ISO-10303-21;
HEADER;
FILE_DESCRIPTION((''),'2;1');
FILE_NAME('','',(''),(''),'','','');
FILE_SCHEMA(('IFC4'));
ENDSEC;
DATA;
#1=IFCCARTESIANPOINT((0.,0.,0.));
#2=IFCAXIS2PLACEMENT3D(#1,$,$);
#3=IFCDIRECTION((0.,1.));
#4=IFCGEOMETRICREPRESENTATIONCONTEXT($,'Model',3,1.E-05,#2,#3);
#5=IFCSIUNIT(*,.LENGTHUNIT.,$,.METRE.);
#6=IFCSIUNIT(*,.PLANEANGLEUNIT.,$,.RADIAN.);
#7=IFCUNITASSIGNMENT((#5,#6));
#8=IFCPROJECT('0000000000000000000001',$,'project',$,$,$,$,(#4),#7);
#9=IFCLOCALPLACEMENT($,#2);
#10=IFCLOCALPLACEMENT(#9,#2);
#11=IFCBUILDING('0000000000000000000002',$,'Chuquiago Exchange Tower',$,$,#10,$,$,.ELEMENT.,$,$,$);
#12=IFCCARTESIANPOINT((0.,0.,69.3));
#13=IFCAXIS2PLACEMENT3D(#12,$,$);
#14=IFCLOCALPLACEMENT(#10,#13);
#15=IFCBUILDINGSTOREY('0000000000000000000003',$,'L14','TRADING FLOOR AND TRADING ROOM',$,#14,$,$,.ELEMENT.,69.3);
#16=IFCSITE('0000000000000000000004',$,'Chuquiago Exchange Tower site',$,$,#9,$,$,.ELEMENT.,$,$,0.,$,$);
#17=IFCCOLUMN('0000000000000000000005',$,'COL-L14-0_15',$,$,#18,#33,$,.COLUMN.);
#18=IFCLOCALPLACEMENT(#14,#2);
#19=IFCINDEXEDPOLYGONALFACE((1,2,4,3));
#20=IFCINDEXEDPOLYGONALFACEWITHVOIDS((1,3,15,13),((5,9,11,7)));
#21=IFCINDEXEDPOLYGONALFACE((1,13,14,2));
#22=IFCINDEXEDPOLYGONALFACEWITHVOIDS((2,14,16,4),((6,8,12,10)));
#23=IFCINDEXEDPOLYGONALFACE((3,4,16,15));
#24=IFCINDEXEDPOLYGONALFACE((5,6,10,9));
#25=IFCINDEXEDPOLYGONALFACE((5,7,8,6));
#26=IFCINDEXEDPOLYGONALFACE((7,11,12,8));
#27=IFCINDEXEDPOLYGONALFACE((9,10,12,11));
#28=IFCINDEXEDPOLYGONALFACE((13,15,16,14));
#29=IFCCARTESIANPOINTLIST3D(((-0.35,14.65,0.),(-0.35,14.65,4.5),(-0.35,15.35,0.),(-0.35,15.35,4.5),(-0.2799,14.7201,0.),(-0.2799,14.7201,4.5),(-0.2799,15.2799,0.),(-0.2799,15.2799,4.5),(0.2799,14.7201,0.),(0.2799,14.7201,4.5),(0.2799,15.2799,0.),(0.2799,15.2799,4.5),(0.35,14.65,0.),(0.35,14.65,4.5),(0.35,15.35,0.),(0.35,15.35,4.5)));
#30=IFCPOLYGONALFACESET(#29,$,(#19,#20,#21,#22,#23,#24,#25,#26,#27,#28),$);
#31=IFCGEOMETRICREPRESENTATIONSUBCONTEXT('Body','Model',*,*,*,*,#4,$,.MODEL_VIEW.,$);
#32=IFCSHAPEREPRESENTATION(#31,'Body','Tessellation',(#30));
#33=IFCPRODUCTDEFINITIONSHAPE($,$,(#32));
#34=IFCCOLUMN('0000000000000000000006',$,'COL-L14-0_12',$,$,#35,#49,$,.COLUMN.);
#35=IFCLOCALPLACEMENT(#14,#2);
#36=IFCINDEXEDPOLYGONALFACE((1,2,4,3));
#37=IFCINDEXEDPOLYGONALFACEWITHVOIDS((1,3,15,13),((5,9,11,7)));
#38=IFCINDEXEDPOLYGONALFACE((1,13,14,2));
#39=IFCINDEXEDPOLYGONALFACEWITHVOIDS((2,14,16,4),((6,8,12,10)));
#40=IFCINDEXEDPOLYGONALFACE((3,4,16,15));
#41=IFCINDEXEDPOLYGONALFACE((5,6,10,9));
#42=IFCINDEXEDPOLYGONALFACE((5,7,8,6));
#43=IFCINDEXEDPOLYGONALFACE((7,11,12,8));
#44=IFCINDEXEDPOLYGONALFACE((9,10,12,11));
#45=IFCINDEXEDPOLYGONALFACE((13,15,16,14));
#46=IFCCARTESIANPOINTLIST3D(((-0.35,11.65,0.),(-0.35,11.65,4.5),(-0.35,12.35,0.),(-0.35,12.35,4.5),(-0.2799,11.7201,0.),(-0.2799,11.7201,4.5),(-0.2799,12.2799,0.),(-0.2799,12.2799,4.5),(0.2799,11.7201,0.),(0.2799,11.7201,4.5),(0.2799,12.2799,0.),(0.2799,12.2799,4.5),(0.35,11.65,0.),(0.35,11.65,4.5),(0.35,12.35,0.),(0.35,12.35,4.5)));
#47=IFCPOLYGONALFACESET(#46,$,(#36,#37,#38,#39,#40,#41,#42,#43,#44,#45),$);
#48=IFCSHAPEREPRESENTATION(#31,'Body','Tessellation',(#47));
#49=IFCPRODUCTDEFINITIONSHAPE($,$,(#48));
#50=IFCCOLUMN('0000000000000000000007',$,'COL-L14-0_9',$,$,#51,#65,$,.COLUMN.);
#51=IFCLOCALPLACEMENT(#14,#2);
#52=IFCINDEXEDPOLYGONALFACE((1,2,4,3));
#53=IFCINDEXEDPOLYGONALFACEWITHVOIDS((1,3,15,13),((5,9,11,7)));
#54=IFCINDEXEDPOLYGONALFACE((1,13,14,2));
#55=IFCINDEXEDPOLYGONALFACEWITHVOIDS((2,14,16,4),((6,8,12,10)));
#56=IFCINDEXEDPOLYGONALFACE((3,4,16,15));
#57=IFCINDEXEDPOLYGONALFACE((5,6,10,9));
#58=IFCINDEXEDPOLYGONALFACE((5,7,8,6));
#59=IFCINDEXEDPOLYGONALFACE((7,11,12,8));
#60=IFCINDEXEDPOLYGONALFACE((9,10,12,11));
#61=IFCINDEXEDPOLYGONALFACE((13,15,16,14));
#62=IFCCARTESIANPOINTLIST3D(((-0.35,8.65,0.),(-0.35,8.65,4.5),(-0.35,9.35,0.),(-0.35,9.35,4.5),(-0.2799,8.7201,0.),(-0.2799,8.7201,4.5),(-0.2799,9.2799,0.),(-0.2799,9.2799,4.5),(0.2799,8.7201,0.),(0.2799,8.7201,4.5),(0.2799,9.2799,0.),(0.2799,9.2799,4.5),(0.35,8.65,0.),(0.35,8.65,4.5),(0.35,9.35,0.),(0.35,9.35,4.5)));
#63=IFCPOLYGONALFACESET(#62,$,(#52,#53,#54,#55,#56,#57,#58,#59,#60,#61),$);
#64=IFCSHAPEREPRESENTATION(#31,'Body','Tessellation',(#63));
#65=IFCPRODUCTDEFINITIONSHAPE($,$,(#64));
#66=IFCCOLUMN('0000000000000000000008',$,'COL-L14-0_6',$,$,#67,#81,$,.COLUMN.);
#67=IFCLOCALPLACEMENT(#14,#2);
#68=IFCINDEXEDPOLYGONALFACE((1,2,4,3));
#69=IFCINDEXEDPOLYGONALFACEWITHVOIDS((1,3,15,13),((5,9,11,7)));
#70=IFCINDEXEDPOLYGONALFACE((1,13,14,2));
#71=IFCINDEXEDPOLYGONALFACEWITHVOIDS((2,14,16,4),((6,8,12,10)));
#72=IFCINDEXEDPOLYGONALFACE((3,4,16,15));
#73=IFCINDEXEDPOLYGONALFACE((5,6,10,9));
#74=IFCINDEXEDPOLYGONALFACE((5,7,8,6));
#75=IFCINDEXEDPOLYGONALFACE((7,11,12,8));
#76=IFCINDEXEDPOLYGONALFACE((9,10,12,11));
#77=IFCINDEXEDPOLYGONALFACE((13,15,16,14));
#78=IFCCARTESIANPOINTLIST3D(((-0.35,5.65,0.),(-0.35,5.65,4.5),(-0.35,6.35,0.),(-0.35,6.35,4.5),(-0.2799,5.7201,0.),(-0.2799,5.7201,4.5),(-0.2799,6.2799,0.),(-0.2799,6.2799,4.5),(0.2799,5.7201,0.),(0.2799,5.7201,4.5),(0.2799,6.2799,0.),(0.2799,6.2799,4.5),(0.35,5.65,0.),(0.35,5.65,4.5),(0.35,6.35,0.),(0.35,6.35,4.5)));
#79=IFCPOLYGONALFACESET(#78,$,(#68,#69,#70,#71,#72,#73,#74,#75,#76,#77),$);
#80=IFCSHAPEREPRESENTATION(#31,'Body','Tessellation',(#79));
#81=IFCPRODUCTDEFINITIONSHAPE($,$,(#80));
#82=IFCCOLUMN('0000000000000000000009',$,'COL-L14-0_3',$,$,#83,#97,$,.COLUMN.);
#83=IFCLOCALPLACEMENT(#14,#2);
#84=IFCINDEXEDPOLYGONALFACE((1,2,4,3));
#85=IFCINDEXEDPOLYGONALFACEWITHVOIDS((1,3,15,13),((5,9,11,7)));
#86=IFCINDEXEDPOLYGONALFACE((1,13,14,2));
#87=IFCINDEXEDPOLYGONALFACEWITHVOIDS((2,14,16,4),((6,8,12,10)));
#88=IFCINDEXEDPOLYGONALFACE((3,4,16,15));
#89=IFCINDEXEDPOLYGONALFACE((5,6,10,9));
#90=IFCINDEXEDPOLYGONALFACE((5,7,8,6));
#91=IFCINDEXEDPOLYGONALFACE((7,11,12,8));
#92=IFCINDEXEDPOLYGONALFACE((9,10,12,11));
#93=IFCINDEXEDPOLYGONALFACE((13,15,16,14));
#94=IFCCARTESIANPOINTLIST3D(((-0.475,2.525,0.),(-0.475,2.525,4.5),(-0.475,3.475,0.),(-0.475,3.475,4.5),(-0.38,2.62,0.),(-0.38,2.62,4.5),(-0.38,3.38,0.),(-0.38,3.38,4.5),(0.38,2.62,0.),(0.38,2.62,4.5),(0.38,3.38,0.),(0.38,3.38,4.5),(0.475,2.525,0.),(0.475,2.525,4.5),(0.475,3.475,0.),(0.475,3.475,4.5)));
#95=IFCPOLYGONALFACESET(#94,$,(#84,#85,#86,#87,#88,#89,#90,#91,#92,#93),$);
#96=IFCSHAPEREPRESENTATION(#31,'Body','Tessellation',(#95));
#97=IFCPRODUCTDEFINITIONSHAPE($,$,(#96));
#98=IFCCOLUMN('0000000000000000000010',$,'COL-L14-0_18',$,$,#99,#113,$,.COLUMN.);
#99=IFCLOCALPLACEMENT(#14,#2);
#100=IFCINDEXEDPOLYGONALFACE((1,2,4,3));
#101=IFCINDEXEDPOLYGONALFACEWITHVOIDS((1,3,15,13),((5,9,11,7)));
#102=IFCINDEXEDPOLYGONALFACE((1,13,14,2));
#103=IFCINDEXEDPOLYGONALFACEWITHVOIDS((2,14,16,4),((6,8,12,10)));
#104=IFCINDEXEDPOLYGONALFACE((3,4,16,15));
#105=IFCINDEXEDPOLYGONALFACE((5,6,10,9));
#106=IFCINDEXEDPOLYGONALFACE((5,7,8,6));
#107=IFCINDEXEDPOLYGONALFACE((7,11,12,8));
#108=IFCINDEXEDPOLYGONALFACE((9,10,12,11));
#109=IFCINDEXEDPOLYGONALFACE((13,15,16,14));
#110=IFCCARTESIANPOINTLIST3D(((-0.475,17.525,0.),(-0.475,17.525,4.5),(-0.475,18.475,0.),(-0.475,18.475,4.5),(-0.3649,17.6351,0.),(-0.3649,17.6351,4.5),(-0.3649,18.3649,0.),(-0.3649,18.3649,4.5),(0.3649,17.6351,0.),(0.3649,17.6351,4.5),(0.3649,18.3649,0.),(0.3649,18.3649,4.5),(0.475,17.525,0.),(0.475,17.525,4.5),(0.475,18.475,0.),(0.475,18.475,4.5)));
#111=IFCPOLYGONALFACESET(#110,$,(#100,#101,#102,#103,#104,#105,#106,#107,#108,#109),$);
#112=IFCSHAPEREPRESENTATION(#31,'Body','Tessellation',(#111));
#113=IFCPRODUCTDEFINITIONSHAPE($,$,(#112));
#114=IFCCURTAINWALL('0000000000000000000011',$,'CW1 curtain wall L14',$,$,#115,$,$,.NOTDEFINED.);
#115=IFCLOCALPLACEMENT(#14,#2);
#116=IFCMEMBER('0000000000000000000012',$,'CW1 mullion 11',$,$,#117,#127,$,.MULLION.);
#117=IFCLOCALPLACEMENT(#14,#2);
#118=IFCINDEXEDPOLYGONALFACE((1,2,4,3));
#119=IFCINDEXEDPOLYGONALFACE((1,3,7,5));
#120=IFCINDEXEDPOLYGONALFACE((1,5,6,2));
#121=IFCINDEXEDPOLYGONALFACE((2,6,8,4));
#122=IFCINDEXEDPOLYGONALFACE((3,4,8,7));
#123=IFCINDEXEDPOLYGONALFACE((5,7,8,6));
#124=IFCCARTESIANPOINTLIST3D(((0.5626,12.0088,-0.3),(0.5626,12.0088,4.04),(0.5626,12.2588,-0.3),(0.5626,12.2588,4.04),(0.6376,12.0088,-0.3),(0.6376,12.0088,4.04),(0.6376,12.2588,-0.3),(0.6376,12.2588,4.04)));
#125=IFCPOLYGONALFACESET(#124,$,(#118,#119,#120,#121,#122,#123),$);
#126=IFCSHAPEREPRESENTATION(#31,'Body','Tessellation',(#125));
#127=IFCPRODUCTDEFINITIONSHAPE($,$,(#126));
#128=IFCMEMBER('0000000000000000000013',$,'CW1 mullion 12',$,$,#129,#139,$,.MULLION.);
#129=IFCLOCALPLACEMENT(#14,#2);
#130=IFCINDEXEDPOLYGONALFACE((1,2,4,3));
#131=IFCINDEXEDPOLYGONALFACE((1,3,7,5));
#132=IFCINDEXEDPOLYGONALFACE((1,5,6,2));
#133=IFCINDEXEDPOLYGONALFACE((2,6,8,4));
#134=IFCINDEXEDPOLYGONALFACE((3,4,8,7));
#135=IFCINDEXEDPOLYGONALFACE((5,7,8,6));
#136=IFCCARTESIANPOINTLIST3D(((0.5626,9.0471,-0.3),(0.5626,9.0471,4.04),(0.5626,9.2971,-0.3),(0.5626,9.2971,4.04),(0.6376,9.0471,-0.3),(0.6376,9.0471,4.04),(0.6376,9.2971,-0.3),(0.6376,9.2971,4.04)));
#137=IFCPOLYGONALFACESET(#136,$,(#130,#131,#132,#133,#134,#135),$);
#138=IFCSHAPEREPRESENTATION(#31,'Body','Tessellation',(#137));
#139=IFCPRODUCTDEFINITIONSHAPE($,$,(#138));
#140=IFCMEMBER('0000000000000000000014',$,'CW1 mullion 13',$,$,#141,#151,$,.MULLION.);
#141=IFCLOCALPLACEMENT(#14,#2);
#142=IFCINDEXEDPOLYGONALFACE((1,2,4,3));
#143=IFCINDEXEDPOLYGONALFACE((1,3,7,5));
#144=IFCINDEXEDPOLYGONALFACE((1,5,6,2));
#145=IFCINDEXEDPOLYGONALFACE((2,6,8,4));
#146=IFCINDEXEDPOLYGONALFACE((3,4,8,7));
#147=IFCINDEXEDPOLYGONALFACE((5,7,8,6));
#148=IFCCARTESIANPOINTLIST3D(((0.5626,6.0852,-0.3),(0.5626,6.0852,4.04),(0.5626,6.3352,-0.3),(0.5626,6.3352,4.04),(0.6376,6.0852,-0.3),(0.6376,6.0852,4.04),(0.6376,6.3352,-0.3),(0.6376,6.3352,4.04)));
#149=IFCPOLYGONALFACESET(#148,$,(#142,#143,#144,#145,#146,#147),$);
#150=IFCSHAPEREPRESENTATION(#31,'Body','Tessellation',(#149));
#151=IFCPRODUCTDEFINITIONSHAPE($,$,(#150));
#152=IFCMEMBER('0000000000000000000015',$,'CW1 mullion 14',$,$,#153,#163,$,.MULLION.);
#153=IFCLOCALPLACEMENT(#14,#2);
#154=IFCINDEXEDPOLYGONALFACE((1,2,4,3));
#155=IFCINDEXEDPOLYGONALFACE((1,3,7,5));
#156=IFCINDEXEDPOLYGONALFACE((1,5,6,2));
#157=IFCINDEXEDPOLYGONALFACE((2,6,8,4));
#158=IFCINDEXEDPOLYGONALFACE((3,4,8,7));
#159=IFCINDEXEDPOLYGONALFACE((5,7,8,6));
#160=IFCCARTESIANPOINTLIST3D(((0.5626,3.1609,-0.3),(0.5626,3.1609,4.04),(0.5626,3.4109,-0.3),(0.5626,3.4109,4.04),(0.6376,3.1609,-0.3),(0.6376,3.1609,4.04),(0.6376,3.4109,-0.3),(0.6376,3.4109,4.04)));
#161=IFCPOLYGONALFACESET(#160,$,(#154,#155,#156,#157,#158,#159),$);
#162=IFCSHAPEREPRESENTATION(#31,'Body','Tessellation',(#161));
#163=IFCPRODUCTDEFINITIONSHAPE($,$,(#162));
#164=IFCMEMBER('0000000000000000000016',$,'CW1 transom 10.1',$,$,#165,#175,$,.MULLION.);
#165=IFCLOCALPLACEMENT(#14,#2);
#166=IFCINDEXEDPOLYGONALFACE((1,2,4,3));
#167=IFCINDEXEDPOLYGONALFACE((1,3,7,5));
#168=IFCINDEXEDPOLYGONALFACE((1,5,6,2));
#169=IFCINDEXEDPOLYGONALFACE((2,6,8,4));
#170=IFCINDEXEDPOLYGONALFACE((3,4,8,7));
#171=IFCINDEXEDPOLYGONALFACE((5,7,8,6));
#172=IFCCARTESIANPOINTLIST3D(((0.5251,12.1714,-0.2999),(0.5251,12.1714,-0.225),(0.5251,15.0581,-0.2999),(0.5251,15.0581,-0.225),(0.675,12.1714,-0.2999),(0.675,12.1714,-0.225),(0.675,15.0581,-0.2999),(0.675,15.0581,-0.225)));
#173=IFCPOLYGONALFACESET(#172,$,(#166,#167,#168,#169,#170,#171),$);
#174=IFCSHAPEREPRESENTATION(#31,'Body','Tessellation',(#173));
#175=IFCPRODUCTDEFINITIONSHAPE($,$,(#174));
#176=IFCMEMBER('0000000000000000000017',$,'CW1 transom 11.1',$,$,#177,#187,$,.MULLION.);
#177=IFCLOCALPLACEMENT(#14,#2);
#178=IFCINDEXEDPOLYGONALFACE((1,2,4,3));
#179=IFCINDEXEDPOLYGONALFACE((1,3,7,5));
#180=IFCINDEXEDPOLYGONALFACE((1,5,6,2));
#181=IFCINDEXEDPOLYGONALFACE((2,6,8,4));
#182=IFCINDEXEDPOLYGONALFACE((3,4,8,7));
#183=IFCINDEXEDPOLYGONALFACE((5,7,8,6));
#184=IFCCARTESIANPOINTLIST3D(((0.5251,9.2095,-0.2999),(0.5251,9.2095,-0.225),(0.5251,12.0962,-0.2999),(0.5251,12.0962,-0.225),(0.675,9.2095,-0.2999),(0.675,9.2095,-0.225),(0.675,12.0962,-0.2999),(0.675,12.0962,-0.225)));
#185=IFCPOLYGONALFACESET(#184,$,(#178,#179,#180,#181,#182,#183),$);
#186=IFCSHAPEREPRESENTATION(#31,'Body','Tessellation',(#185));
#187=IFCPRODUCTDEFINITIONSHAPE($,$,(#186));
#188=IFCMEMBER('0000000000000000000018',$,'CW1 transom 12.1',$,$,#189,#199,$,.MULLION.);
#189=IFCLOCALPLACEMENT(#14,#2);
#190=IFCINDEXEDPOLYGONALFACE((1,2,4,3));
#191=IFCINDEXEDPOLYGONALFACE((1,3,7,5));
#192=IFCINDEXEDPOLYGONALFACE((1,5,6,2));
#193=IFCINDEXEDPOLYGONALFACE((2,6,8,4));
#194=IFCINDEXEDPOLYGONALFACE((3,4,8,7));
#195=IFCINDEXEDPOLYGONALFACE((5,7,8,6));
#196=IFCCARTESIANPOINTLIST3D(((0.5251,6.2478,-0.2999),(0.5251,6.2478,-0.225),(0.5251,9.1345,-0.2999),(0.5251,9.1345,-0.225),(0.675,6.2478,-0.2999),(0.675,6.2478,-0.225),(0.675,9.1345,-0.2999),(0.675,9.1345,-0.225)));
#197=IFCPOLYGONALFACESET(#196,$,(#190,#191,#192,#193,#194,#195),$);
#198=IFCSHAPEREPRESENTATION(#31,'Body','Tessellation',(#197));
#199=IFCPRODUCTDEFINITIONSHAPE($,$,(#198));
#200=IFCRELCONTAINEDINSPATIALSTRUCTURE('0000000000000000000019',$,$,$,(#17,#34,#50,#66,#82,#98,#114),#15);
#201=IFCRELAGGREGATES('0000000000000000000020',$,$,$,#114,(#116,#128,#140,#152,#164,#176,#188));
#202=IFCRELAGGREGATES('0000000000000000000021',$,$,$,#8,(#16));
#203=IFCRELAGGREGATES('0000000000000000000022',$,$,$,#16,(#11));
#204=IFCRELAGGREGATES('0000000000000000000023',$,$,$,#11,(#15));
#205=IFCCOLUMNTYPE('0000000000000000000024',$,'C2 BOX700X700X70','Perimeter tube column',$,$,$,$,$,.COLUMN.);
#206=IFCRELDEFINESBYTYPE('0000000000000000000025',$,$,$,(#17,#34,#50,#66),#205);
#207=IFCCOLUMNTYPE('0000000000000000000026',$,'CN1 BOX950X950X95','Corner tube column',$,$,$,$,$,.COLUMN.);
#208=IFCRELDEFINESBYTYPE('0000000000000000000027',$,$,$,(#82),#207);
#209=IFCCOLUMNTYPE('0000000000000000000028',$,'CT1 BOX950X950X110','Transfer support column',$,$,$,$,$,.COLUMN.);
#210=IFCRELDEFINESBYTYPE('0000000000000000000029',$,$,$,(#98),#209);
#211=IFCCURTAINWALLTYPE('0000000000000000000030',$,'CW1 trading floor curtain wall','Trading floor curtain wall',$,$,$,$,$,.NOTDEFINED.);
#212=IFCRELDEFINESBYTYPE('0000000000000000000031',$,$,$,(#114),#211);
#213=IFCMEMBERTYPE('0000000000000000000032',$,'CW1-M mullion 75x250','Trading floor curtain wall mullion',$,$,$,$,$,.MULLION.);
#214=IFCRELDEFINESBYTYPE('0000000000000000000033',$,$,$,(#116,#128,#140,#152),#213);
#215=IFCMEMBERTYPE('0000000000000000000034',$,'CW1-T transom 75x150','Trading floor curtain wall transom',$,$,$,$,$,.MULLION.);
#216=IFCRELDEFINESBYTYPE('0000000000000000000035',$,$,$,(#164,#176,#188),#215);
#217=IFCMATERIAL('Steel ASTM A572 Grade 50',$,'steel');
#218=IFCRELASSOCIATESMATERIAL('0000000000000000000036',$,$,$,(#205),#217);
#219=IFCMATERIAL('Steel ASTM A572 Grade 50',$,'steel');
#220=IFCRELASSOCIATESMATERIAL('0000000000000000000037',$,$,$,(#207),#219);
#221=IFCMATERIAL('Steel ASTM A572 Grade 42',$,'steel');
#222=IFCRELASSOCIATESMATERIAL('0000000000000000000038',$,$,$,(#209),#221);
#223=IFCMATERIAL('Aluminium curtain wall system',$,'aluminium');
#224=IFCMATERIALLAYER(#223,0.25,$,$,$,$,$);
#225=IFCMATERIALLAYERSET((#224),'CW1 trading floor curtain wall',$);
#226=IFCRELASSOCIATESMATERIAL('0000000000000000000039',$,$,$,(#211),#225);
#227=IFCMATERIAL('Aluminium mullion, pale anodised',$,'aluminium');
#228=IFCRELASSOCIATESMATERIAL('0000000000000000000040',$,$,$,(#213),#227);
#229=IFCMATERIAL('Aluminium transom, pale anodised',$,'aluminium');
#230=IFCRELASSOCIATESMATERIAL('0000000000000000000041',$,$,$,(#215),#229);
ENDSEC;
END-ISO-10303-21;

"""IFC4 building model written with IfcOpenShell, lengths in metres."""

from ifc_helpers import new_model, si_unit, direction, frame, origin, origin_2d, place, context, subcontext, project, spatial, rectangle, hollow_rectangle, extrude, material, layer, layer_set, material_profile, profile_set, type_object, element, aggregate, save


model = new_model("IFC4")

# Units and contexts
model_context = context("Model", 3, precision=1e-05, world=origin(), true_north=direction((0.0, 1.0)))
body_context = subcontext(model_context, "Body", "Model", "MODEL_VIEW")
ifc_project = project(units=[si_unit("LENGTHUNIT", "METRE"), si_unit("PLANEANGLEUNIT", "RADIAN")], contexts=[model_context])

# Site, building, storey
site_placement = place(None, origin())
site = spatial("IfcSite", under=ifc_project, at=site_placement, Name="Chuquiago Exchange Tower site", CompositionType="ELEMENT", RefElevation=0.0)
building_placement = place(site_placement, origin())
building = spatial("IfcBuilding", under=site, at=building_placement, Name="Chuquiago Exchange Tower", CompositionType="ELEMENT")
storey_placement = place(building_placement, frame((0.0, 0.0, 69.3)))
storey = spatial("IfcBuildingStorey", under=building, at=storey_placement, Name="L14", Description="TRADING FLOOR AND TRADING ROOM", CompositionType="ELEMENT", Elevation=69.3)

# Columns
ifc_material_1 = material(Name="Steel ASTM A572 Grade 50", Category="steel")
ifc_material_profile_1 = material_profile(ifc_material_1, hollow_rectangle(XDim=0.7, YDim=0.7, WallThickness=0.0701, at=origin_2d()), Name="BOX700X700X70")
ifc_profile_set_1 = profile_set([ifc_material_profile_1], Name="Steel ASTM A572 Grade 50")
column_type_1 = type_object("IfcColumnType", Name="C2 BOX700X700X70", Description="Perimeter tube column", PredefinedType="COLUMN", material=ifc_profile_set_1)
for number, where, z_axis, x_axis, name in (
    (1, (0.0, 15.0, 0.0), (0.0, 0.0, 1.0), (-1.0, 0.0, 0.0), "COL-L14-0_15"),
    (2, (0.0, 12.0, 0.0), (0.0, 0.0, 1.0), (-1.0, 0.0, 0.0), "COL-L14-0_12"),
    (3, (0.0, 9.0, 0.0), (0.0, 0.0, 1.0), (-1.0, 0.0, 0.0), "COL-L14-0_9"),
    (4, (0.0, 6.0, 0.0), (0.0, 0.0, 1.0), (-1.0, 0.0, 0.0), "COL-L14-0_6"),
):
    element("IfcColumn", number, at=place(storey_placement, frame(where, z_axis=z_axis, x_axis=x_axis)), inside=storey, type_object=column_type_1, Name=name, PredefinedType="COLUMN", context=body_context, shape_type="SweptSolid", body=[
        extrude(hollow_rectangle(XDim=0.7, YDim=0.7, WallThickness=0.0701, at=origin_2d()), origin(), (0.0, 0.0, 1.0), 4.5),
    ])
ifc_material_2 = material(Name="Steel ASTM A572 Grade 50", Category="steel")
ifc_material_profile_2 = material_profile(ifc_material_2, hollow_rectangle(XDim=0.95, YDim=0.95, WallThickness=0.095, at=origin_2d()), Name="BOX950X950X95")
ifc_profile_set_2 = profile_set([ifc_material_profile_2], Name="Steel ASTM A572 Grade 50")
column_type_2 = type_object("IfcColumnType", Name="CN1 BOX950X950X95", Description="Corner tube column", PredefinedType="COLUMN", material=ifc_profile_set_2)
column_1_placement = place(storey_placement, frame((0.0, 3.0, 0.0), z_axis=(0.0, 0.0, 1.0), x_axis=(-1.0, 0.0, 0.0)))
element("IfcColumn", 5, at=column_1_placement, inside=storey, type_object=column_type_2, Name="COL-L14-0_3", PredefinedType="COLUMN", context=body_context, shape_type="SweptSolid", body=[
    extrude(hollow_rectangle(XDim=0.95, YDim=0.95, WallThickness=0.095, at=origin_2d()), origin(), (0.0, 0.0, 1.0), 4.5),
])
ifc_material_3 = material(Name="Steel ASTM A572 Grade 42", Category="steel")
ifc_material_profile_3 = material_profile(ifc_material_3, hollow_rectangle(XDim=0.95, YDim=0.95, WallThickness=0.1101, at=origin_2d()), Name="BOX950X950X110")
ifc_profile_set_3 = profile_set([ifc_material_profile_3], Name="Steel ASTM A572 Grade 42")
column_type_3 = type_object("IfcColumnType", Name="CT1 BOX950X950X110", Description="Transfer support column", PredefinedType="COLUMN", material=ifc_profile_set_3)
column_2_placement = place(storey_placement, frame((0.0, 18.0, 0.0), z_axis=(0.0, 0.0, 1.0), x_axis=(-1.0, 0.0, 0.0)))
element("IfcColumn", 6, at=column_2_placement, inside=storey, type_object=column_type_3, Name="COL-L14-0_18", PredefinedType="COLUMN", context=body_context, shape_type="SweptSolid", body=[
    extrude(hollow_rectangle(XDim=0.95, YDim=0.95, WallThickness=0.1101, at=origin_2d()), origin(), (0.0, 0.0, 1.0), 4.5),
])

# Curtain wall, members
ifc_material_4 = material(Name="Aluminium curtain wall system", Category="aluminium")
ifc_layer_1 = layer(ifc_material_4, 0.25)
ifc_layer_set_1 = layer_set([ifc_layer_1], Name="CW1 trading floor curtain wall")
curtain_wall_type = type_object("IfcCurtainWallType", Name="CW1 trading floor curtain wall", Description="Trading floor curtain wall", PredefinedType="NOTDEFINED", material=ifc_layer_set_1)
curtain_wall_placement = place(storey_placement, origin())
curtain_wall = element("IfcCurtainWall", 7, at=curtain_wall_placement, inside=storey, type_object=curtain_wall_type, Name="CW1 curtain wall L14", PredefinedType="NOTDEFINED")
ifc_material_5 = material(Name="Aluminium mullion, pale anodised", Category="aluminium")
ifc_material_profile_4 = material_profile(ifc_material_5, rectangle(XDim=0.075, YDim=0.25, at=origin_2d()), Name="AL 75x250")
ifc_profile_set_4 = profile_set([ifc_material_profile_4], Name="Aluminium mullion, pale anodised")
member_type_1 = type_object("IfcMemberType", Name="CW1-M mullion 75x250", Description="Trading floor curtain wall mullion", PredefinedType="MULLION", material=ifc_profile_set_4)
member_1_placement = place(storey_placement, frame((0.6001, 12.1338, -0.3), z_axis=(0.0, 0.0, 1.0), x_axis=(1.0, 0.0, 0.0)))
member_1 = element("IfcMember", 8, at=member_1_placement, type_object=member_type_1, Name="CW1 mullion 11", PredefinedType="MULLION", context=body_context, shape_type="SweptSolid", body=[
    extrude(rectangle(XDim=0.075, YDim=0.25, at=origin_2d()), origin(), (0.0, 0.0, 1.0), 4.3401),
])
member_2_placement = place(storey_placement, frame((0.6001, 9.1721, -0.3), z_axis=(0.0, 0.0, 1.0), x_axis=(1.0, 0.0, 0.0)))
member_2 = element("IfcMember", 9, at=member_2_placement, type_object=member_type_1, Name="CW1 mullion 12", PredefinedType="MULLION", context=body_context, shape_type="SweptSolid", body=[
    extrude(rectangle(XDim=0.075, YDim=0.25, at=origin_2d()), origin(), (0.0, 0.0, 1.0), 4.3401),
])
member_3_placement = place(storey_placement, frame((0.6001, 6.2102, -0.3), z_axis=(0.0, 0.0, 1.0), x_axis=(1.0, 0.0, 0.0)))
member_3 = element("IfcMember", 10, at=member_3_placement, type_object=member_type_1, Name="CW1 mullion 13", PredefinedType="MULLION", context=body_context, shape_type="SweptSolid", body=[
    extrude(rectangle(XDim=0.075, YDim=0.25, at=origin_2d()), origin(), (0.0, 0.0, 1.0), 4.3401),
])
member_4_placement = place(storey_placement, frame((0.6001, 3.2859, -0.3), z_axis=(0.0, 0.0, 1.0), x_axis=(1.0, 0.0, 0.0)))
member_4 = element("IfcMember", 11, at=member_4_placement, type_object=member_type_1, Name="CW1 mullion 14", PredefinedType="MULLION", context=body_context, shape_type="SweptSolid", body=[
    extrude(rectangle(XDim=0.075, YDim=0.25, at=origin_2d()), origin(), (0.0, 0.0, 1.0), 4.3401),
])
ifc_material_6 = material(Name="Aluminium transom, pale anodised", Category="aluminium")
ifc_material_profile_5 = material_profile(ifc_material_6, rectangle(XDim=0.1499, YDim=0.075, at=origin_2d()), Name="AL 150x75")
ifc_profile_set_5 = profile_set([ifc_material_profile_5], Name="Aluminium transom, pale anodised")
member_type_2 = type_object("IfcMemberType", Name="CW1-T transom 75x150", Description="Trading floor curtain wall transom", PredefinedType="MULLION", material=ifc_profile_set_5)
member_5_placement = place(storey_placement, frame((0.6001, 15.0581, -0.2625), z_axis=(0.0, -1.0, 0.0), x_axis=(1.0, 0.0, 0.0)))
member_5 = element("IfcMember", 12, at=member_5_placement, type_object=member_type_2, Name="CW1 transom 10.1", PredefinedType="MULLION", context=body_context, shape_type="SweptSolid", body=[
    extrude(rectangle(XDim=0.1499, YDim=0.075, at=origin_2d()), origin(), (0.0, 0.0, 1.0), 2.8867),
])
member_6_placement = place(storey_placement, frame((0.6001, 12.0962, -0.2625), z_axis=(0.0, -1.0, 0.0), x_axis=(1.0, 0.0, 0.0)))
member_6 = element("IfcMember", 13, at=member_6_placement, type_object=member_type_2, Name="CW1 transom 11.1", PredefinedType="MULLION", context=body_context, shape_type="SweptSolid", body=[
    extrude(rectangle(XDim=0.1499, YDim=0.075, at=origin_2d()), origin(), (0.0, 0.0, 1.0), 2.8867),
])
member_7_placement = place(storey_placement, frame((0.6001, 9.1345, -0.2625), z_axis=(0.0, -1.0, 0.0), x_axis=(1.0, 0.0, 0.0)))
member_7 = element("IfcMember", 14, at=member_7_placement, type_object=member_type_2, Name="CW1 transom 12.1", PredefinedType="MULLION", context=body_context, shape_type="SweptSolid", body=[
    extrude(rectangle(XDim=0.1499, YDim=0.075, at=origin_2d()), origin(), (0.0, 0.0, 1.0), 2.8867),
])

aggregate(curtain_wall, [member_1, member_2, member_3, member_4, member_5, member_6, member_7])

save(model, "model.ifc")
